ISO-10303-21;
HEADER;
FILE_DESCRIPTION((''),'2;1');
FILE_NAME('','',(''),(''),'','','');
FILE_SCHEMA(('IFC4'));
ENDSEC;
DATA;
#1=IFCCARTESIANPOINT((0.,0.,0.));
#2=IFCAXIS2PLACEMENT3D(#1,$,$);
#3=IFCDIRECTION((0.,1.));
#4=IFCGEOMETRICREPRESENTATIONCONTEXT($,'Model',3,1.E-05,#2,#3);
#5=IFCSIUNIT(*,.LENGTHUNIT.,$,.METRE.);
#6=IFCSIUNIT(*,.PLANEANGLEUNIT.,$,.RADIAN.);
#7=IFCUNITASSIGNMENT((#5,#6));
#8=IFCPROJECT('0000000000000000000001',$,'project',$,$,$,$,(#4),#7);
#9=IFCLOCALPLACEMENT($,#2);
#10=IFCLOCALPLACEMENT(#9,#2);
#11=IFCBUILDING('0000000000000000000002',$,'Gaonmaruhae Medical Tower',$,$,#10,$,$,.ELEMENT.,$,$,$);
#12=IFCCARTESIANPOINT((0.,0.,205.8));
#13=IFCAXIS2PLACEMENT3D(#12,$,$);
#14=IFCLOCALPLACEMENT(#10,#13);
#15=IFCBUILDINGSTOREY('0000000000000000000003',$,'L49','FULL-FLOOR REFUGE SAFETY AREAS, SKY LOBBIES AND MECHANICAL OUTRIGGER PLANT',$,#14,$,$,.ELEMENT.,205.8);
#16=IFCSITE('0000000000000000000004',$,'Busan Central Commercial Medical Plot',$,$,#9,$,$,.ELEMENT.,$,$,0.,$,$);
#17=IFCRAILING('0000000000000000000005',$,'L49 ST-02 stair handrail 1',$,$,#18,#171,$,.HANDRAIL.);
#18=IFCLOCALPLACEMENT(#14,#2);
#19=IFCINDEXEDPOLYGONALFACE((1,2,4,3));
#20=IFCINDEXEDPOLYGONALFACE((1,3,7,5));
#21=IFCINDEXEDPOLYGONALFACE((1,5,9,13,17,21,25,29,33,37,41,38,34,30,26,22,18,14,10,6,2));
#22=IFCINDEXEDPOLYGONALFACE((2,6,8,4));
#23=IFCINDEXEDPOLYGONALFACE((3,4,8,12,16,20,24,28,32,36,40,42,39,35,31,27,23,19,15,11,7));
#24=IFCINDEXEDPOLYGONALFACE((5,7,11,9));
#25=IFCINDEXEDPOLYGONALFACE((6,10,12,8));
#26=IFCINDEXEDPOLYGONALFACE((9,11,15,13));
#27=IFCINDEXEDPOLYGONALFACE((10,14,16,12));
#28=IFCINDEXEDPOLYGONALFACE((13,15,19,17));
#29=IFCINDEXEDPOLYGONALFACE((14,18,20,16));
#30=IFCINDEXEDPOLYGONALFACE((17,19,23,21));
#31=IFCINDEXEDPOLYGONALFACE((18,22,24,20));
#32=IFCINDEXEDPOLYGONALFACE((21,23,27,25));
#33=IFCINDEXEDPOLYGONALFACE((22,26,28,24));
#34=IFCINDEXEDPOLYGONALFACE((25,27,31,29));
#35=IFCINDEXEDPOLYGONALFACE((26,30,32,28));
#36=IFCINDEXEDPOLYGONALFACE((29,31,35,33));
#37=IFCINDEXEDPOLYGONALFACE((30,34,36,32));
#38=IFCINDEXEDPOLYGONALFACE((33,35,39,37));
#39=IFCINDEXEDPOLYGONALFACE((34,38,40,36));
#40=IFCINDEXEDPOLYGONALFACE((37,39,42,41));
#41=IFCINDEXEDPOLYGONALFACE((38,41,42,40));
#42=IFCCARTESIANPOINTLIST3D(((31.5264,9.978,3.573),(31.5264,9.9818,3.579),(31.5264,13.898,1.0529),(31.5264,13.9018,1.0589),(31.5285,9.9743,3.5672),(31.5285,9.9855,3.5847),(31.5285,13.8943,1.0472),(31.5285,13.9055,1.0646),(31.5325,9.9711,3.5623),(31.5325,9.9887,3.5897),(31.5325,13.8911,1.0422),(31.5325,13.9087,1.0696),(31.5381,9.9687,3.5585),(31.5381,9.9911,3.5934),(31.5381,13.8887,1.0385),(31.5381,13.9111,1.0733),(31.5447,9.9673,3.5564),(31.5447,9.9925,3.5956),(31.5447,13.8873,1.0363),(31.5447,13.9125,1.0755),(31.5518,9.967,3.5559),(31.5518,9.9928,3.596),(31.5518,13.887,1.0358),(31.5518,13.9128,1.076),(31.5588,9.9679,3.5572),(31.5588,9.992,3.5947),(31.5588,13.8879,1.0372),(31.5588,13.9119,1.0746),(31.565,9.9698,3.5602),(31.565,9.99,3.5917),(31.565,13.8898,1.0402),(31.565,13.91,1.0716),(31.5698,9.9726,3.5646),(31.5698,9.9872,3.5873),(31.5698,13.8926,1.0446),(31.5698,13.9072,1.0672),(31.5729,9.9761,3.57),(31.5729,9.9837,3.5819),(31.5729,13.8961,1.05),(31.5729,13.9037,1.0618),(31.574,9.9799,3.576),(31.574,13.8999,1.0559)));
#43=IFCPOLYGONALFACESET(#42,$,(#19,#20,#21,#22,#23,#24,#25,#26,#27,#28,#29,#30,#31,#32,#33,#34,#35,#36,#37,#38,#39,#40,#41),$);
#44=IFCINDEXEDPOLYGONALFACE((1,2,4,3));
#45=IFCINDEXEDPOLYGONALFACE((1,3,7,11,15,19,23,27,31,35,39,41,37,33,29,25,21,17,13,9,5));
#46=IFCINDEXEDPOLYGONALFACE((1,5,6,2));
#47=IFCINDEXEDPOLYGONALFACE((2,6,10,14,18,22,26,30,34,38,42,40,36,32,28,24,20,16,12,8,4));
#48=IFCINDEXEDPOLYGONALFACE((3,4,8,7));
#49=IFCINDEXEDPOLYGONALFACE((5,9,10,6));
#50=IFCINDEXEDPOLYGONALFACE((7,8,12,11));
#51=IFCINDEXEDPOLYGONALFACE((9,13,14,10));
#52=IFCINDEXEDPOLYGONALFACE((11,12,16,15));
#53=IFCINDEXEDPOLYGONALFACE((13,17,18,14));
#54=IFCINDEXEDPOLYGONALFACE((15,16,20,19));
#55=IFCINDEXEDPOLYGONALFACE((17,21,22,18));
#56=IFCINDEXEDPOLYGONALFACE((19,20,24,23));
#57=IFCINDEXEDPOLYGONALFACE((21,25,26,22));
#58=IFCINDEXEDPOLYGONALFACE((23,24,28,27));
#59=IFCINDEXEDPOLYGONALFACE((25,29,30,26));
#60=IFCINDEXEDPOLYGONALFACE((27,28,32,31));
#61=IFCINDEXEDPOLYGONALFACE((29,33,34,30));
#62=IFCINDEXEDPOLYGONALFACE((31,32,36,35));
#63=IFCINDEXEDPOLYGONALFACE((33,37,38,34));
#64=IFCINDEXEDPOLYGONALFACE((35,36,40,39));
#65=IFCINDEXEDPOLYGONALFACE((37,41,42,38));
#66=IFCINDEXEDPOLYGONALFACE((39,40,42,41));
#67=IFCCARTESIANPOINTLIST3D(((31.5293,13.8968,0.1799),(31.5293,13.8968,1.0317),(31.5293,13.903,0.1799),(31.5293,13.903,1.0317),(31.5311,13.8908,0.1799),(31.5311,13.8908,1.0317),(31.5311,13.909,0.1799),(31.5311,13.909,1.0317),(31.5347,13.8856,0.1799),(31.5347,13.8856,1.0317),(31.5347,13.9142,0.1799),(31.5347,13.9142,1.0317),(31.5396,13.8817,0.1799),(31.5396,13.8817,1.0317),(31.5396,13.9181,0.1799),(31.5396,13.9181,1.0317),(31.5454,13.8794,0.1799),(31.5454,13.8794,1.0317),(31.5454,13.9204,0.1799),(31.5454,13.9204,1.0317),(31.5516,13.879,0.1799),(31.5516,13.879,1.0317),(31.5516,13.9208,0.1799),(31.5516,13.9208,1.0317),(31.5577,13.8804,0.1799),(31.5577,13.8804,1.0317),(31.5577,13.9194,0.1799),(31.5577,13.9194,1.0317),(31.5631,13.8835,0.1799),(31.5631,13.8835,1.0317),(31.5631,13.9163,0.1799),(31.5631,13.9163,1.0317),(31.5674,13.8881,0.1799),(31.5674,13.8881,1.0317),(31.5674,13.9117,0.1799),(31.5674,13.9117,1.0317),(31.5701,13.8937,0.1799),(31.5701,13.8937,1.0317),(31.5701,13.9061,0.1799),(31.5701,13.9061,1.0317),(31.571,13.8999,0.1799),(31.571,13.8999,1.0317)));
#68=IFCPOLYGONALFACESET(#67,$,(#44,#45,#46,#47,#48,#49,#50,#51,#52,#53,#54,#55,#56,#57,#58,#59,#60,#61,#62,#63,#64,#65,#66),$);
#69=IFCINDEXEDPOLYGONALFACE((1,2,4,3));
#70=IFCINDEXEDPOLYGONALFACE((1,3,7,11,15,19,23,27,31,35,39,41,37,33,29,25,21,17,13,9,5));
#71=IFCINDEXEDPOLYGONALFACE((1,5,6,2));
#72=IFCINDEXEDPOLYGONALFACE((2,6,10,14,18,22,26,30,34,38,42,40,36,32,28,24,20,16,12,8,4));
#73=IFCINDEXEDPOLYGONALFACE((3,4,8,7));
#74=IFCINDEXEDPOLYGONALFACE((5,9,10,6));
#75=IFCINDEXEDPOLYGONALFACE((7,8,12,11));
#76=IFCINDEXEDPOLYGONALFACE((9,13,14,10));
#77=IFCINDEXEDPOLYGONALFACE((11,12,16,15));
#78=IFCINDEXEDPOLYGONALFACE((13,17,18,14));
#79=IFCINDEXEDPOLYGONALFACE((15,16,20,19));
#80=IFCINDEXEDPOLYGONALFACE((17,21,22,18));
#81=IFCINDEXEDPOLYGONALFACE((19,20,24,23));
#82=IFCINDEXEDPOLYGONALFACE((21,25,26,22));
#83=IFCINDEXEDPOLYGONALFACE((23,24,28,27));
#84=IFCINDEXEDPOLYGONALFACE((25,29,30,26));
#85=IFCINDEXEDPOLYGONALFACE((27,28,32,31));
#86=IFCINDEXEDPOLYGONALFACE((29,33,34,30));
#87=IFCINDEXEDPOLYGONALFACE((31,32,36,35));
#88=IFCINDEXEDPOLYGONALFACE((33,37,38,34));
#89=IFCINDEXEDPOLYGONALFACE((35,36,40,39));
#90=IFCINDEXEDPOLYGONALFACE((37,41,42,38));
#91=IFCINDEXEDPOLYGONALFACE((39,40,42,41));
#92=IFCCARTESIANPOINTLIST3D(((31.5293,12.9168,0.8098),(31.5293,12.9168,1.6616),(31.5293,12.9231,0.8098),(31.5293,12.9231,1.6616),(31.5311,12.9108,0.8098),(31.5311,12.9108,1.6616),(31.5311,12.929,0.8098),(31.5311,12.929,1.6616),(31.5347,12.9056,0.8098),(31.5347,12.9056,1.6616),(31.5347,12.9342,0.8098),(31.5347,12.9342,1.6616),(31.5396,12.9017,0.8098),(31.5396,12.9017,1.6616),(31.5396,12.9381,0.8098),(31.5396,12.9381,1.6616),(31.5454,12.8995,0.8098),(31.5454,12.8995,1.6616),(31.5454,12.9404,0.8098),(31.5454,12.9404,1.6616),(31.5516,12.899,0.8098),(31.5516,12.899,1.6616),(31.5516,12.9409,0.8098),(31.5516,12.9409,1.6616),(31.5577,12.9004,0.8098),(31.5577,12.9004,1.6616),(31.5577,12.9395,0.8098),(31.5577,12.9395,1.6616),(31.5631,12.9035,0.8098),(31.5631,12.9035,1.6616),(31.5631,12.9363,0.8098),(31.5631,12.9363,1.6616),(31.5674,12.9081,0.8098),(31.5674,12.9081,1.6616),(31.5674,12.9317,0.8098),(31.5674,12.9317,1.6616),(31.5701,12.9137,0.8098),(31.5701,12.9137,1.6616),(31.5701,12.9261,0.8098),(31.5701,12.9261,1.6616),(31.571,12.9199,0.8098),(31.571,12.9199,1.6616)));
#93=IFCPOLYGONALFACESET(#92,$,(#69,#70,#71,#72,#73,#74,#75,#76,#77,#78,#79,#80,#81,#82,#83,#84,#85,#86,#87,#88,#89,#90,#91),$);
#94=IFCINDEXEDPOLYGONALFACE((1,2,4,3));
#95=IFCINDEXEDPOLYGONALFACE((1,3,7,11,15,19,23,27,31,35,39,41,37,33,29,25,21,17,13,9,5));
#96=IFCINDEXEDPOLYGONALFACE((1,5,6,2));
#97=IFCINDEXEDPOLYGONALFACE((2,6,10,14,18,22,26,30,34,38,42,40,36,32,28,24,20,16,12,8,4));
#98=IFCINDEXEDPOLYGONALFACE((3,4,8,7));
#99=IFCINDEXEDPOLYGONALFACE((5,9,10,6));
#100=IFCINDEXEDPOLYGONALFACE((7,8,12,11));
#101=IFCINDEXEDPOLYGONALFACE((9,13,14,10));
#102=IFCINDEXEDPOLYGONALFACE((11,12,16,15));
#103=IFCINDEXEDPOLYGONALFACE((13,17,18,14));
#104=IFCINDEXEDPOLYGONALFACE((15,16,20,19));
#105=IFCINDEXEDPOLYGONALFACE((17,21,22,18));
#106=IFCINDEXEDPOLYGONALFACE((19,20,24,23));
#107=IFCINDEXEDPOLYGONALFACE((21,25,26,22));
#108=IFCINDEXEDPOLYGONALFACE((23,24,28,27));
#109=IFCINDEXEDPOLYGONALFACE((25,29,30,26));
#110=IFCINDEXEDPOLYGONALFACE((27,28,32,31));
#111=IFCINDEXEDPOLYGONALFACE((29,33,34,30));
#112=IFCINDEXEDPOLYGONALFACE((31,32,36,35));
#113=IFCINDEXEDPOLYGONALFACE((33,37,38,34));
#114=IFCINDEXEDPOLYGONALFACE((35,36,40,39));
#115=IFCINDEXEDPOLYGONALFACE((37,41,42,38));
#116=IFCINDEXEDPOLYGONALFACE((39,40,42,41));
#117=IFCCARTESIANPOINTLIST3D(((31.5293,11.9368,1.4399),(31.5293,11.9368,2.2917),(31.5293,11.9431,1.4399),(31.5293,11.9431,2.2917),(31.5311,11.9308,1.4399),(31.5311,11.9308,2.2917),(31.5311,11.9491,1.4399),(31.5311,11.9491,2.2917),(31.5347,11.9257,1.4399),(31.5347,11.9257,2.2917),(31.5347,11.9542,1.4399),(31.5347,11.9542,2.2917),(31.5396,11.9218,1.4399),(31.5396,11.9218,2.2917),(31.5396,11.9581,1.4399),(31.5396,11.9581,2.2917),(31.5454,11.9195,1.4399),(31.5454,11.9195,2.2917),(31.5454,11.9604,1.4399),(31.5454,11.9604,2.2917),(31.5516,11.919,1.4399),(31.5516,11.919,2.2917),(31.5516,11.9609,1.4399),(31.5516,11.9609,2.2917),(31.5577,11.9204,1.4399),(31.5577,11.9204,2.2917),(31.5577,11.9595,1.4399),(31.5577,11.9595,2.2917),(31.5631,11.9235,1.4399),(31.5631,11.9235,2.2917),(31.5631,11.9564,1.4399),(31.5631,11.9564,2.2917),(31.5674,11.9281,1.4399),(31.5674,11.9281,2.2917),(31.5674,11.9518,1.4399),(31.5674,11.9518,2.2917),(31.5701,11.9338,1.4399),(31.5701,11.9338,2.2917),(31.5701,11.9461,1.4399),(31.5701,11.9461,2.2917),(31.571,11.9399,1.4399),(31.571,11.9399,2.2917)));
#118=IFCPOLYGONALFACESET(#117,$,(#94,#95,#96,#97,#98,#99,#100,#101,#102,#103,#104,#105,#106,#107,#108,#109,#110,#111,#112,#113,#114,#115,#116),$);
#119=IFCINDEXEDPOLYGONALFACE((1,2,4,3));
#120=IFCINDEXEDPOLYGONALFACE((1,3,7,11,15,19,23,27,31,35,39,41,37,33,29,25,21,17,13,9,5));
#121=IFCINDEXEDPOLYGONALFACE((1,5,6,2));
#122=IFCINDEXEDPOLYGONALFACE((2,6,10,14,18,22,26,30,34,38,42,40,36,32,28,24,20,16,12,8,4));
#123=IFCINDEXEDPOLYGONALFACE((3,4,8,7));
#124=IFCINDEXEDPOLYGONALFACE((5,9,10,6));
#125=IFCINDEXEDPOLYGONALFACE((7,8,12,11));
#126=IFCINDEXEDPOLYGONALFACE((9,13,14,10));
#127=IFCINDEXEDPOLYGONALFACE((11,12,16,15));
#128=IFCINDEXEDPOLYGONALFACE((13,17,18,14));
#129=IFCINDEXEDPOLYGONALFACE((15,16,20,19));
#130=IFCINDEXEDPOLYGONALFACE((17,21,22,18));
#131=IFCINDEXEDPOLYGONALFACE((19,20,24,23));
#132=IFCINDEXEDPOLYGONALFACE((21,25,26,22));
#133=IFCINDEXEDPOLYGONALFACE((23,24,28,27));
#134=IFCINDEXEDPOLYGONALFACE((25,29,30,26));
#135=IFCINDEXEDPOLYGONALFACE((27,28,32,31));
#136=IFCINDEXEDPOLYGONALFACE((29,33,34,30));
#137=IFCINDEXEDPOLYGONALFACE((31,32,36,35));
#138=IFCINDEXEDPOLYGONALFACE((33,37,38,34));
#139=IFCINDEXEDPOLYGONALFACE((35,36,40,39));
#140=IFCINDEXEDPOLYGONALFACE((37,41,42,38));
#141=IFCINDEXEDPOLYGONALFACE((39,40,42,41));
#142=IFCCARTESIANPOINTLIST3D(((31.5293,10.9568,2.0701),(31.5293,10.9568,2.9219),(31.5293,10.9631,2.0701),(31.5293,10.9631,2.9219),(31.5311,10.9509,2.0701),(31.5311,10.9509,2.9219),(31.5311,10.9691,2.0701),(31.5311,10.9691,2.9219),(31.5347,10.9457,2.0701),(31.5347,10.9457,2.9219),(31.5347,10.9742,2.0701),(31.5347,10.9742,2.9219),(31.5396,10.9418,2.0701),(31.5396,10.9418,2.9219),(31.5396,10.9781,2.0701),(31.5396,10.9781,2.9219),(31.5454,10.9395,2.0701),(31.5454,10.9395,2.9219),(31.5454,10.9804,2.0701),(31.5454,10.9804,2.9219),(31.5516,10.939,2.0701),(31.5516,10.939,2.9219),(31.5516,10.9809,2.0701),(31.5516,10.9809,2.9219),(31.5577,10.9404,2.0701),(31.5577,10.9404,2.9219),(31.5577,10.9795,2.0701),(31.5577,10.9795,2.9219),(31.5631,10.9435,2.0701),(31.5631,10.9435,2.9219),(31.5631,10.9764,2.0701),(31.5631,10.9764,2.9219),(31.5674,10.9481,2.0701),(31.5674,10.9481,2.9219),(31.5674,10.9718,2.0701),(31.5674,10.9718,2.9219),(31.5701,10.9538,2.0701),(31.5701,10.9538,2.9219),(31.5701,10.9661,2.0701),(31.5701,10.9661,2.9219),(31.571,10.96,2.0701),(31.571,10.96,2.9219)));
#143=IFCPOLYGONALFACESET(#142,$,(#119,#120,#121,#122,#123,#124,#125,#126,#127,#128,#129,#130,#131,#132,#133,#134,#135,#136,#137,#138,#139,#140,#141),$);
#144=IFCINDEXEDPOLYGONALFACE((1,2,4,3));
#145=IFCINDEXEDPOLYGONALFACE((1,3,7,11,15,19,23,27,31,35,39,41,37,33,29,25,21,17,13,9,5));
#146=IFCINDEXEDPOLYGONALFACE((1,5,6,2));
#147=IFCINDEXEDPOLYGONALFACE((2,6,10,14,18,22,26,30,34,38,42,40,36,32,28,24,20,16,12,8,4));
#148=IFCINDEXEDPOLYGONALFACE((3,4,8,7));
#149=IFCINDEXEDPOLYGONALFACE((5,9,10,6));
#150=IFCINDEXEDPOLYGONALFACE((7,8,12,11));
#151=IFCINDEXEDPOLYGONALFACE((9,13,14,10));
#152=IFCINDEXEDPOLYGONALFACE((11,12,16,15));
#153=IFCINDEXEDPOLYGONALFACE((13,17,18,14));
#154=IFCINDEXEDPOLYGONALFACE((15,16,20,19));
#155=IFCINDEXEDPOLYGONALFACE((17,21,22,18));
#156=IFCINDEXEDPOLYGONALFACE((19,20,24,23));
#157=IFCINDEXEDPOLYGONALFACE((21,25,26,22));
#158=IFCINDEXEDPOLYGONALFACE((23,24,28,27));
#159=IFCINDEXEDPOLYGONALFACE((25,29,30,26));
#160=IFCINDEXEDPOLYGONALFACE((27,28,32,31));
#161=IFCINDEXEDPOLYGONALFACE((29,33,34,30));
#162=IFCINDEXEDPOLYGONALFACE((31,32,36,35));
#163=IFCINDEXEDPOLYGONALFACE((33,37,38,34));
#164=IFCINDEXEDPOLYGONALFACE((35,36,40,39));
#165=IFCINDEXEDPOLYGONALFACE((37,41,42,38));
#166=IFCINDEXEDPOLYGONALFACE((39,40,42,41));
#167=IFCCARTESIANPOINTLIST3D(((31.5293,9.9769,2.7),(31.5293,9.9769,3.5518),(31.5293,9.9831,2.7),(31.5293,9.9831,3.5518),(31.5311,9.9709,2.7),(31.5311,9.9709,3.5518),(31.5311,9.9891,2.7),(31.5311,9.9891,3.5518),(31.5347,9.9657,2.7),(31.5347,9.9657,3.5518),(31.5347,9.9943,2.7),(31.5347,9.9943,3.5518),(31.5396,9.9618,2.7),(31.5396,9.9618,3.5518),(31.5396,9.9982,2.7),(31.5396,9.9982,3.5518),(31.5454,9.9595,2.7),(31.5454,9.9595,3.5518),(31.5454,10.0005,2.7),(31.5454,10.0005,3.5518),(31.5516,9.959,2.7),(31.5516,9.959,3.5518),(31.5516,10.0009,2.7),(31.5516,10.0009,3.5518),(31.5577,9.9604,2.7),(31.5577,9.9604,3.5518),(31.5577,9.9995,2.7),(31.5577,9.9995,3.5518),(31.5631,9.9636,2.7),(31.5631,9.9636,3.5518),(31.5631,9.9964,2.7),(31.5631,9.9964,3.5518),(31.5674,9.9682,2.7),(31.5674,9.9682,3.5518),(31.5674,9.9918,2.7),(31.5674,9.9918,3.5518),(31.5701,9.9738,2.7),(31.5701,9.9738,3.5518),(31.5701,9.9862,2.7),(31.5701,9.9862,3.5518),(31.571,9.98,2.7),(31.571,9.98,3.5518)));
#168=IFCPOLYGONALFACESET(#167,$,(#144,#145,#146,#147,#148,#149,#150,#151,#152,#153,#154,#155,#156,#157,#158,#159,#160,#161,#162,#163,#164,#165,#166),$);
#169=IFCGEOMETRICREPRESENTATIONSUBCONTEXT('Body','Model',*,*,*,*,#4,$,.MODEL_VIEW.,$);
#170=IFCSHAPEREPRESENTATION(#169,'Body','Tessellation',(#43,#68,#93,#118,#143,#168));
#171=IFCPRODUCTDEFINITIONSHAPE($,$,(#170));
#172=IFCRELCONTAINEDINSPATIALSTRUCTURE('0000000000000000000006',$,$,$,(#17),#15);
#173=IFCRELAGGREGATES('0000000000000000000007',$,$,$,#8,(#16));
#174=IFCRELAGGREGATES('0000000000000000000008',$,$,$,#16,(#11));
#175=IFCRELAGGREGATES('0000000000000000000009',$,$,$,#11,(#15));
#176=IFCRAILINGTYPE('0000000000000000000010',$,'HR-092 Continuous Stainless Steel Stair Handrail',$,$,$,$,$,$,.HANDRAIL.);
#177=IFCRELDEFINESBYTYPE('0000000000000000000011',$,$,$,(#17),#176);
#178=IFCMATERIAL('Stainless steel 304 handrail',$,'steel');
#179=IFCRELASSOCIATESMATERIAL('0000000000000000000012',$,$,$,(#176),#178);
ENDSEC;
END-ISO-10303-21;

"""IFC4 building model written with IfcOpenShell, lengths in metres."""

from ifc_helpers import new_model, si_unit, direction, frame, origin, origin_2d, place, context, subcontext, project, spatial, circle, extrude, material, type_object, element, save


model = new_model("IFC4")

# Units and contexts
model_context = context("Model", 3, precision=1e-05, world=origin(), true_north=direction((0.0, 1.0)))
body_context = subcontext(model_context, "Body", "Model", "MODEL_VIEW")
ifc_project = project(units=[si_unit("LENGTHUNIT", "METRE"), si_unit("PLANEANGLEUNIT", "RADIAN")], contexts=[model_context])

# Site, building, storey
site_placement = place(None, origin())
site = spatial("IfcSite", under=ifc_project, at=site_placement, Name="Busan Central Commercial Medical Plot", CompositionType="ELEMENT", RefElevation=0.0)
building_placement = place(site_placement, origin())
building = spatial("IfcBuilding", under=site, at=building_placement, Name="Gaonmaruhae Medical Tower", CompositionType="ELEMENT")
storey_placement = place(building_placement, frame((0.0, 0.0, 205.8)))
storey = spatial("IfcBuildingStorey", under=building, at=storey_placement, Name="L49", Description="FULL-FLOOR REFUGE SAFETY AREAS, SKY LOBBIES AND MECHANICAL OUTRIGGER PLANT", CompositionType="ELEMENT", Elevation=205.8)

# Railing
ifc_material_1 = material(Name="Stainless steel 304 handrail", Category="steel")
railing_type_1 = type_object("IfcRailingType", Name="HR-092 Continuous Stainless Steel Stair Handrail", PredefinedType="HANDRAIL", material=ifc_material_1)
railing_1_placement = place(storey_placement, frame((31.55, 13.8999, 0.1799)))
element("IfcRailing", 1, at=railing_1_placement, inside=storey, type_object=railing_type_1, Name="L49 ST-02 stair handrail 1", PredefinedType="HANDRAIL", context=body_context, shape_type="SweptSolid", body=[
    extrude(circle(Radius=0.0239, at=origin_2d()), frame((0.0, 0.0, 0.876), z_axis=(0.0, -0.841172, 0.540768), x_axis=(1.0, 0.0, 0.0)), (0.0, 0.0, 1.0), 4.6602),
    extrude(circle(Radius=0.021, at=origin_2d()), origin(), (0.0, 0.0, 1.0), 0.8518),
    extrude(circle(Radius=0.021, at=origin_2d()), frame((0.0, -0.98, 0.6299)), (0.0, 0.0, 1.0), 0.8518),
    extrude(circle(Radius=0.021, at=origin_2d()), frame((0.0, -1.96, 1.26)), (0.0, 0.0, 1.0), 0.8518),
    extrude(circle(Radius=0.021, at=origin_2d()), frame((0.0, -2.9399, 1.8901)), (0.0, 0.0, 1.0), 0.8518),
    extrude(circle(Radius=0.021, at=origin_2d()), frame((0.0, -3.9199, 2.52)), (0.0, 0.0, 1.0), 0.8518),
])

save(model, "model.ifc")
